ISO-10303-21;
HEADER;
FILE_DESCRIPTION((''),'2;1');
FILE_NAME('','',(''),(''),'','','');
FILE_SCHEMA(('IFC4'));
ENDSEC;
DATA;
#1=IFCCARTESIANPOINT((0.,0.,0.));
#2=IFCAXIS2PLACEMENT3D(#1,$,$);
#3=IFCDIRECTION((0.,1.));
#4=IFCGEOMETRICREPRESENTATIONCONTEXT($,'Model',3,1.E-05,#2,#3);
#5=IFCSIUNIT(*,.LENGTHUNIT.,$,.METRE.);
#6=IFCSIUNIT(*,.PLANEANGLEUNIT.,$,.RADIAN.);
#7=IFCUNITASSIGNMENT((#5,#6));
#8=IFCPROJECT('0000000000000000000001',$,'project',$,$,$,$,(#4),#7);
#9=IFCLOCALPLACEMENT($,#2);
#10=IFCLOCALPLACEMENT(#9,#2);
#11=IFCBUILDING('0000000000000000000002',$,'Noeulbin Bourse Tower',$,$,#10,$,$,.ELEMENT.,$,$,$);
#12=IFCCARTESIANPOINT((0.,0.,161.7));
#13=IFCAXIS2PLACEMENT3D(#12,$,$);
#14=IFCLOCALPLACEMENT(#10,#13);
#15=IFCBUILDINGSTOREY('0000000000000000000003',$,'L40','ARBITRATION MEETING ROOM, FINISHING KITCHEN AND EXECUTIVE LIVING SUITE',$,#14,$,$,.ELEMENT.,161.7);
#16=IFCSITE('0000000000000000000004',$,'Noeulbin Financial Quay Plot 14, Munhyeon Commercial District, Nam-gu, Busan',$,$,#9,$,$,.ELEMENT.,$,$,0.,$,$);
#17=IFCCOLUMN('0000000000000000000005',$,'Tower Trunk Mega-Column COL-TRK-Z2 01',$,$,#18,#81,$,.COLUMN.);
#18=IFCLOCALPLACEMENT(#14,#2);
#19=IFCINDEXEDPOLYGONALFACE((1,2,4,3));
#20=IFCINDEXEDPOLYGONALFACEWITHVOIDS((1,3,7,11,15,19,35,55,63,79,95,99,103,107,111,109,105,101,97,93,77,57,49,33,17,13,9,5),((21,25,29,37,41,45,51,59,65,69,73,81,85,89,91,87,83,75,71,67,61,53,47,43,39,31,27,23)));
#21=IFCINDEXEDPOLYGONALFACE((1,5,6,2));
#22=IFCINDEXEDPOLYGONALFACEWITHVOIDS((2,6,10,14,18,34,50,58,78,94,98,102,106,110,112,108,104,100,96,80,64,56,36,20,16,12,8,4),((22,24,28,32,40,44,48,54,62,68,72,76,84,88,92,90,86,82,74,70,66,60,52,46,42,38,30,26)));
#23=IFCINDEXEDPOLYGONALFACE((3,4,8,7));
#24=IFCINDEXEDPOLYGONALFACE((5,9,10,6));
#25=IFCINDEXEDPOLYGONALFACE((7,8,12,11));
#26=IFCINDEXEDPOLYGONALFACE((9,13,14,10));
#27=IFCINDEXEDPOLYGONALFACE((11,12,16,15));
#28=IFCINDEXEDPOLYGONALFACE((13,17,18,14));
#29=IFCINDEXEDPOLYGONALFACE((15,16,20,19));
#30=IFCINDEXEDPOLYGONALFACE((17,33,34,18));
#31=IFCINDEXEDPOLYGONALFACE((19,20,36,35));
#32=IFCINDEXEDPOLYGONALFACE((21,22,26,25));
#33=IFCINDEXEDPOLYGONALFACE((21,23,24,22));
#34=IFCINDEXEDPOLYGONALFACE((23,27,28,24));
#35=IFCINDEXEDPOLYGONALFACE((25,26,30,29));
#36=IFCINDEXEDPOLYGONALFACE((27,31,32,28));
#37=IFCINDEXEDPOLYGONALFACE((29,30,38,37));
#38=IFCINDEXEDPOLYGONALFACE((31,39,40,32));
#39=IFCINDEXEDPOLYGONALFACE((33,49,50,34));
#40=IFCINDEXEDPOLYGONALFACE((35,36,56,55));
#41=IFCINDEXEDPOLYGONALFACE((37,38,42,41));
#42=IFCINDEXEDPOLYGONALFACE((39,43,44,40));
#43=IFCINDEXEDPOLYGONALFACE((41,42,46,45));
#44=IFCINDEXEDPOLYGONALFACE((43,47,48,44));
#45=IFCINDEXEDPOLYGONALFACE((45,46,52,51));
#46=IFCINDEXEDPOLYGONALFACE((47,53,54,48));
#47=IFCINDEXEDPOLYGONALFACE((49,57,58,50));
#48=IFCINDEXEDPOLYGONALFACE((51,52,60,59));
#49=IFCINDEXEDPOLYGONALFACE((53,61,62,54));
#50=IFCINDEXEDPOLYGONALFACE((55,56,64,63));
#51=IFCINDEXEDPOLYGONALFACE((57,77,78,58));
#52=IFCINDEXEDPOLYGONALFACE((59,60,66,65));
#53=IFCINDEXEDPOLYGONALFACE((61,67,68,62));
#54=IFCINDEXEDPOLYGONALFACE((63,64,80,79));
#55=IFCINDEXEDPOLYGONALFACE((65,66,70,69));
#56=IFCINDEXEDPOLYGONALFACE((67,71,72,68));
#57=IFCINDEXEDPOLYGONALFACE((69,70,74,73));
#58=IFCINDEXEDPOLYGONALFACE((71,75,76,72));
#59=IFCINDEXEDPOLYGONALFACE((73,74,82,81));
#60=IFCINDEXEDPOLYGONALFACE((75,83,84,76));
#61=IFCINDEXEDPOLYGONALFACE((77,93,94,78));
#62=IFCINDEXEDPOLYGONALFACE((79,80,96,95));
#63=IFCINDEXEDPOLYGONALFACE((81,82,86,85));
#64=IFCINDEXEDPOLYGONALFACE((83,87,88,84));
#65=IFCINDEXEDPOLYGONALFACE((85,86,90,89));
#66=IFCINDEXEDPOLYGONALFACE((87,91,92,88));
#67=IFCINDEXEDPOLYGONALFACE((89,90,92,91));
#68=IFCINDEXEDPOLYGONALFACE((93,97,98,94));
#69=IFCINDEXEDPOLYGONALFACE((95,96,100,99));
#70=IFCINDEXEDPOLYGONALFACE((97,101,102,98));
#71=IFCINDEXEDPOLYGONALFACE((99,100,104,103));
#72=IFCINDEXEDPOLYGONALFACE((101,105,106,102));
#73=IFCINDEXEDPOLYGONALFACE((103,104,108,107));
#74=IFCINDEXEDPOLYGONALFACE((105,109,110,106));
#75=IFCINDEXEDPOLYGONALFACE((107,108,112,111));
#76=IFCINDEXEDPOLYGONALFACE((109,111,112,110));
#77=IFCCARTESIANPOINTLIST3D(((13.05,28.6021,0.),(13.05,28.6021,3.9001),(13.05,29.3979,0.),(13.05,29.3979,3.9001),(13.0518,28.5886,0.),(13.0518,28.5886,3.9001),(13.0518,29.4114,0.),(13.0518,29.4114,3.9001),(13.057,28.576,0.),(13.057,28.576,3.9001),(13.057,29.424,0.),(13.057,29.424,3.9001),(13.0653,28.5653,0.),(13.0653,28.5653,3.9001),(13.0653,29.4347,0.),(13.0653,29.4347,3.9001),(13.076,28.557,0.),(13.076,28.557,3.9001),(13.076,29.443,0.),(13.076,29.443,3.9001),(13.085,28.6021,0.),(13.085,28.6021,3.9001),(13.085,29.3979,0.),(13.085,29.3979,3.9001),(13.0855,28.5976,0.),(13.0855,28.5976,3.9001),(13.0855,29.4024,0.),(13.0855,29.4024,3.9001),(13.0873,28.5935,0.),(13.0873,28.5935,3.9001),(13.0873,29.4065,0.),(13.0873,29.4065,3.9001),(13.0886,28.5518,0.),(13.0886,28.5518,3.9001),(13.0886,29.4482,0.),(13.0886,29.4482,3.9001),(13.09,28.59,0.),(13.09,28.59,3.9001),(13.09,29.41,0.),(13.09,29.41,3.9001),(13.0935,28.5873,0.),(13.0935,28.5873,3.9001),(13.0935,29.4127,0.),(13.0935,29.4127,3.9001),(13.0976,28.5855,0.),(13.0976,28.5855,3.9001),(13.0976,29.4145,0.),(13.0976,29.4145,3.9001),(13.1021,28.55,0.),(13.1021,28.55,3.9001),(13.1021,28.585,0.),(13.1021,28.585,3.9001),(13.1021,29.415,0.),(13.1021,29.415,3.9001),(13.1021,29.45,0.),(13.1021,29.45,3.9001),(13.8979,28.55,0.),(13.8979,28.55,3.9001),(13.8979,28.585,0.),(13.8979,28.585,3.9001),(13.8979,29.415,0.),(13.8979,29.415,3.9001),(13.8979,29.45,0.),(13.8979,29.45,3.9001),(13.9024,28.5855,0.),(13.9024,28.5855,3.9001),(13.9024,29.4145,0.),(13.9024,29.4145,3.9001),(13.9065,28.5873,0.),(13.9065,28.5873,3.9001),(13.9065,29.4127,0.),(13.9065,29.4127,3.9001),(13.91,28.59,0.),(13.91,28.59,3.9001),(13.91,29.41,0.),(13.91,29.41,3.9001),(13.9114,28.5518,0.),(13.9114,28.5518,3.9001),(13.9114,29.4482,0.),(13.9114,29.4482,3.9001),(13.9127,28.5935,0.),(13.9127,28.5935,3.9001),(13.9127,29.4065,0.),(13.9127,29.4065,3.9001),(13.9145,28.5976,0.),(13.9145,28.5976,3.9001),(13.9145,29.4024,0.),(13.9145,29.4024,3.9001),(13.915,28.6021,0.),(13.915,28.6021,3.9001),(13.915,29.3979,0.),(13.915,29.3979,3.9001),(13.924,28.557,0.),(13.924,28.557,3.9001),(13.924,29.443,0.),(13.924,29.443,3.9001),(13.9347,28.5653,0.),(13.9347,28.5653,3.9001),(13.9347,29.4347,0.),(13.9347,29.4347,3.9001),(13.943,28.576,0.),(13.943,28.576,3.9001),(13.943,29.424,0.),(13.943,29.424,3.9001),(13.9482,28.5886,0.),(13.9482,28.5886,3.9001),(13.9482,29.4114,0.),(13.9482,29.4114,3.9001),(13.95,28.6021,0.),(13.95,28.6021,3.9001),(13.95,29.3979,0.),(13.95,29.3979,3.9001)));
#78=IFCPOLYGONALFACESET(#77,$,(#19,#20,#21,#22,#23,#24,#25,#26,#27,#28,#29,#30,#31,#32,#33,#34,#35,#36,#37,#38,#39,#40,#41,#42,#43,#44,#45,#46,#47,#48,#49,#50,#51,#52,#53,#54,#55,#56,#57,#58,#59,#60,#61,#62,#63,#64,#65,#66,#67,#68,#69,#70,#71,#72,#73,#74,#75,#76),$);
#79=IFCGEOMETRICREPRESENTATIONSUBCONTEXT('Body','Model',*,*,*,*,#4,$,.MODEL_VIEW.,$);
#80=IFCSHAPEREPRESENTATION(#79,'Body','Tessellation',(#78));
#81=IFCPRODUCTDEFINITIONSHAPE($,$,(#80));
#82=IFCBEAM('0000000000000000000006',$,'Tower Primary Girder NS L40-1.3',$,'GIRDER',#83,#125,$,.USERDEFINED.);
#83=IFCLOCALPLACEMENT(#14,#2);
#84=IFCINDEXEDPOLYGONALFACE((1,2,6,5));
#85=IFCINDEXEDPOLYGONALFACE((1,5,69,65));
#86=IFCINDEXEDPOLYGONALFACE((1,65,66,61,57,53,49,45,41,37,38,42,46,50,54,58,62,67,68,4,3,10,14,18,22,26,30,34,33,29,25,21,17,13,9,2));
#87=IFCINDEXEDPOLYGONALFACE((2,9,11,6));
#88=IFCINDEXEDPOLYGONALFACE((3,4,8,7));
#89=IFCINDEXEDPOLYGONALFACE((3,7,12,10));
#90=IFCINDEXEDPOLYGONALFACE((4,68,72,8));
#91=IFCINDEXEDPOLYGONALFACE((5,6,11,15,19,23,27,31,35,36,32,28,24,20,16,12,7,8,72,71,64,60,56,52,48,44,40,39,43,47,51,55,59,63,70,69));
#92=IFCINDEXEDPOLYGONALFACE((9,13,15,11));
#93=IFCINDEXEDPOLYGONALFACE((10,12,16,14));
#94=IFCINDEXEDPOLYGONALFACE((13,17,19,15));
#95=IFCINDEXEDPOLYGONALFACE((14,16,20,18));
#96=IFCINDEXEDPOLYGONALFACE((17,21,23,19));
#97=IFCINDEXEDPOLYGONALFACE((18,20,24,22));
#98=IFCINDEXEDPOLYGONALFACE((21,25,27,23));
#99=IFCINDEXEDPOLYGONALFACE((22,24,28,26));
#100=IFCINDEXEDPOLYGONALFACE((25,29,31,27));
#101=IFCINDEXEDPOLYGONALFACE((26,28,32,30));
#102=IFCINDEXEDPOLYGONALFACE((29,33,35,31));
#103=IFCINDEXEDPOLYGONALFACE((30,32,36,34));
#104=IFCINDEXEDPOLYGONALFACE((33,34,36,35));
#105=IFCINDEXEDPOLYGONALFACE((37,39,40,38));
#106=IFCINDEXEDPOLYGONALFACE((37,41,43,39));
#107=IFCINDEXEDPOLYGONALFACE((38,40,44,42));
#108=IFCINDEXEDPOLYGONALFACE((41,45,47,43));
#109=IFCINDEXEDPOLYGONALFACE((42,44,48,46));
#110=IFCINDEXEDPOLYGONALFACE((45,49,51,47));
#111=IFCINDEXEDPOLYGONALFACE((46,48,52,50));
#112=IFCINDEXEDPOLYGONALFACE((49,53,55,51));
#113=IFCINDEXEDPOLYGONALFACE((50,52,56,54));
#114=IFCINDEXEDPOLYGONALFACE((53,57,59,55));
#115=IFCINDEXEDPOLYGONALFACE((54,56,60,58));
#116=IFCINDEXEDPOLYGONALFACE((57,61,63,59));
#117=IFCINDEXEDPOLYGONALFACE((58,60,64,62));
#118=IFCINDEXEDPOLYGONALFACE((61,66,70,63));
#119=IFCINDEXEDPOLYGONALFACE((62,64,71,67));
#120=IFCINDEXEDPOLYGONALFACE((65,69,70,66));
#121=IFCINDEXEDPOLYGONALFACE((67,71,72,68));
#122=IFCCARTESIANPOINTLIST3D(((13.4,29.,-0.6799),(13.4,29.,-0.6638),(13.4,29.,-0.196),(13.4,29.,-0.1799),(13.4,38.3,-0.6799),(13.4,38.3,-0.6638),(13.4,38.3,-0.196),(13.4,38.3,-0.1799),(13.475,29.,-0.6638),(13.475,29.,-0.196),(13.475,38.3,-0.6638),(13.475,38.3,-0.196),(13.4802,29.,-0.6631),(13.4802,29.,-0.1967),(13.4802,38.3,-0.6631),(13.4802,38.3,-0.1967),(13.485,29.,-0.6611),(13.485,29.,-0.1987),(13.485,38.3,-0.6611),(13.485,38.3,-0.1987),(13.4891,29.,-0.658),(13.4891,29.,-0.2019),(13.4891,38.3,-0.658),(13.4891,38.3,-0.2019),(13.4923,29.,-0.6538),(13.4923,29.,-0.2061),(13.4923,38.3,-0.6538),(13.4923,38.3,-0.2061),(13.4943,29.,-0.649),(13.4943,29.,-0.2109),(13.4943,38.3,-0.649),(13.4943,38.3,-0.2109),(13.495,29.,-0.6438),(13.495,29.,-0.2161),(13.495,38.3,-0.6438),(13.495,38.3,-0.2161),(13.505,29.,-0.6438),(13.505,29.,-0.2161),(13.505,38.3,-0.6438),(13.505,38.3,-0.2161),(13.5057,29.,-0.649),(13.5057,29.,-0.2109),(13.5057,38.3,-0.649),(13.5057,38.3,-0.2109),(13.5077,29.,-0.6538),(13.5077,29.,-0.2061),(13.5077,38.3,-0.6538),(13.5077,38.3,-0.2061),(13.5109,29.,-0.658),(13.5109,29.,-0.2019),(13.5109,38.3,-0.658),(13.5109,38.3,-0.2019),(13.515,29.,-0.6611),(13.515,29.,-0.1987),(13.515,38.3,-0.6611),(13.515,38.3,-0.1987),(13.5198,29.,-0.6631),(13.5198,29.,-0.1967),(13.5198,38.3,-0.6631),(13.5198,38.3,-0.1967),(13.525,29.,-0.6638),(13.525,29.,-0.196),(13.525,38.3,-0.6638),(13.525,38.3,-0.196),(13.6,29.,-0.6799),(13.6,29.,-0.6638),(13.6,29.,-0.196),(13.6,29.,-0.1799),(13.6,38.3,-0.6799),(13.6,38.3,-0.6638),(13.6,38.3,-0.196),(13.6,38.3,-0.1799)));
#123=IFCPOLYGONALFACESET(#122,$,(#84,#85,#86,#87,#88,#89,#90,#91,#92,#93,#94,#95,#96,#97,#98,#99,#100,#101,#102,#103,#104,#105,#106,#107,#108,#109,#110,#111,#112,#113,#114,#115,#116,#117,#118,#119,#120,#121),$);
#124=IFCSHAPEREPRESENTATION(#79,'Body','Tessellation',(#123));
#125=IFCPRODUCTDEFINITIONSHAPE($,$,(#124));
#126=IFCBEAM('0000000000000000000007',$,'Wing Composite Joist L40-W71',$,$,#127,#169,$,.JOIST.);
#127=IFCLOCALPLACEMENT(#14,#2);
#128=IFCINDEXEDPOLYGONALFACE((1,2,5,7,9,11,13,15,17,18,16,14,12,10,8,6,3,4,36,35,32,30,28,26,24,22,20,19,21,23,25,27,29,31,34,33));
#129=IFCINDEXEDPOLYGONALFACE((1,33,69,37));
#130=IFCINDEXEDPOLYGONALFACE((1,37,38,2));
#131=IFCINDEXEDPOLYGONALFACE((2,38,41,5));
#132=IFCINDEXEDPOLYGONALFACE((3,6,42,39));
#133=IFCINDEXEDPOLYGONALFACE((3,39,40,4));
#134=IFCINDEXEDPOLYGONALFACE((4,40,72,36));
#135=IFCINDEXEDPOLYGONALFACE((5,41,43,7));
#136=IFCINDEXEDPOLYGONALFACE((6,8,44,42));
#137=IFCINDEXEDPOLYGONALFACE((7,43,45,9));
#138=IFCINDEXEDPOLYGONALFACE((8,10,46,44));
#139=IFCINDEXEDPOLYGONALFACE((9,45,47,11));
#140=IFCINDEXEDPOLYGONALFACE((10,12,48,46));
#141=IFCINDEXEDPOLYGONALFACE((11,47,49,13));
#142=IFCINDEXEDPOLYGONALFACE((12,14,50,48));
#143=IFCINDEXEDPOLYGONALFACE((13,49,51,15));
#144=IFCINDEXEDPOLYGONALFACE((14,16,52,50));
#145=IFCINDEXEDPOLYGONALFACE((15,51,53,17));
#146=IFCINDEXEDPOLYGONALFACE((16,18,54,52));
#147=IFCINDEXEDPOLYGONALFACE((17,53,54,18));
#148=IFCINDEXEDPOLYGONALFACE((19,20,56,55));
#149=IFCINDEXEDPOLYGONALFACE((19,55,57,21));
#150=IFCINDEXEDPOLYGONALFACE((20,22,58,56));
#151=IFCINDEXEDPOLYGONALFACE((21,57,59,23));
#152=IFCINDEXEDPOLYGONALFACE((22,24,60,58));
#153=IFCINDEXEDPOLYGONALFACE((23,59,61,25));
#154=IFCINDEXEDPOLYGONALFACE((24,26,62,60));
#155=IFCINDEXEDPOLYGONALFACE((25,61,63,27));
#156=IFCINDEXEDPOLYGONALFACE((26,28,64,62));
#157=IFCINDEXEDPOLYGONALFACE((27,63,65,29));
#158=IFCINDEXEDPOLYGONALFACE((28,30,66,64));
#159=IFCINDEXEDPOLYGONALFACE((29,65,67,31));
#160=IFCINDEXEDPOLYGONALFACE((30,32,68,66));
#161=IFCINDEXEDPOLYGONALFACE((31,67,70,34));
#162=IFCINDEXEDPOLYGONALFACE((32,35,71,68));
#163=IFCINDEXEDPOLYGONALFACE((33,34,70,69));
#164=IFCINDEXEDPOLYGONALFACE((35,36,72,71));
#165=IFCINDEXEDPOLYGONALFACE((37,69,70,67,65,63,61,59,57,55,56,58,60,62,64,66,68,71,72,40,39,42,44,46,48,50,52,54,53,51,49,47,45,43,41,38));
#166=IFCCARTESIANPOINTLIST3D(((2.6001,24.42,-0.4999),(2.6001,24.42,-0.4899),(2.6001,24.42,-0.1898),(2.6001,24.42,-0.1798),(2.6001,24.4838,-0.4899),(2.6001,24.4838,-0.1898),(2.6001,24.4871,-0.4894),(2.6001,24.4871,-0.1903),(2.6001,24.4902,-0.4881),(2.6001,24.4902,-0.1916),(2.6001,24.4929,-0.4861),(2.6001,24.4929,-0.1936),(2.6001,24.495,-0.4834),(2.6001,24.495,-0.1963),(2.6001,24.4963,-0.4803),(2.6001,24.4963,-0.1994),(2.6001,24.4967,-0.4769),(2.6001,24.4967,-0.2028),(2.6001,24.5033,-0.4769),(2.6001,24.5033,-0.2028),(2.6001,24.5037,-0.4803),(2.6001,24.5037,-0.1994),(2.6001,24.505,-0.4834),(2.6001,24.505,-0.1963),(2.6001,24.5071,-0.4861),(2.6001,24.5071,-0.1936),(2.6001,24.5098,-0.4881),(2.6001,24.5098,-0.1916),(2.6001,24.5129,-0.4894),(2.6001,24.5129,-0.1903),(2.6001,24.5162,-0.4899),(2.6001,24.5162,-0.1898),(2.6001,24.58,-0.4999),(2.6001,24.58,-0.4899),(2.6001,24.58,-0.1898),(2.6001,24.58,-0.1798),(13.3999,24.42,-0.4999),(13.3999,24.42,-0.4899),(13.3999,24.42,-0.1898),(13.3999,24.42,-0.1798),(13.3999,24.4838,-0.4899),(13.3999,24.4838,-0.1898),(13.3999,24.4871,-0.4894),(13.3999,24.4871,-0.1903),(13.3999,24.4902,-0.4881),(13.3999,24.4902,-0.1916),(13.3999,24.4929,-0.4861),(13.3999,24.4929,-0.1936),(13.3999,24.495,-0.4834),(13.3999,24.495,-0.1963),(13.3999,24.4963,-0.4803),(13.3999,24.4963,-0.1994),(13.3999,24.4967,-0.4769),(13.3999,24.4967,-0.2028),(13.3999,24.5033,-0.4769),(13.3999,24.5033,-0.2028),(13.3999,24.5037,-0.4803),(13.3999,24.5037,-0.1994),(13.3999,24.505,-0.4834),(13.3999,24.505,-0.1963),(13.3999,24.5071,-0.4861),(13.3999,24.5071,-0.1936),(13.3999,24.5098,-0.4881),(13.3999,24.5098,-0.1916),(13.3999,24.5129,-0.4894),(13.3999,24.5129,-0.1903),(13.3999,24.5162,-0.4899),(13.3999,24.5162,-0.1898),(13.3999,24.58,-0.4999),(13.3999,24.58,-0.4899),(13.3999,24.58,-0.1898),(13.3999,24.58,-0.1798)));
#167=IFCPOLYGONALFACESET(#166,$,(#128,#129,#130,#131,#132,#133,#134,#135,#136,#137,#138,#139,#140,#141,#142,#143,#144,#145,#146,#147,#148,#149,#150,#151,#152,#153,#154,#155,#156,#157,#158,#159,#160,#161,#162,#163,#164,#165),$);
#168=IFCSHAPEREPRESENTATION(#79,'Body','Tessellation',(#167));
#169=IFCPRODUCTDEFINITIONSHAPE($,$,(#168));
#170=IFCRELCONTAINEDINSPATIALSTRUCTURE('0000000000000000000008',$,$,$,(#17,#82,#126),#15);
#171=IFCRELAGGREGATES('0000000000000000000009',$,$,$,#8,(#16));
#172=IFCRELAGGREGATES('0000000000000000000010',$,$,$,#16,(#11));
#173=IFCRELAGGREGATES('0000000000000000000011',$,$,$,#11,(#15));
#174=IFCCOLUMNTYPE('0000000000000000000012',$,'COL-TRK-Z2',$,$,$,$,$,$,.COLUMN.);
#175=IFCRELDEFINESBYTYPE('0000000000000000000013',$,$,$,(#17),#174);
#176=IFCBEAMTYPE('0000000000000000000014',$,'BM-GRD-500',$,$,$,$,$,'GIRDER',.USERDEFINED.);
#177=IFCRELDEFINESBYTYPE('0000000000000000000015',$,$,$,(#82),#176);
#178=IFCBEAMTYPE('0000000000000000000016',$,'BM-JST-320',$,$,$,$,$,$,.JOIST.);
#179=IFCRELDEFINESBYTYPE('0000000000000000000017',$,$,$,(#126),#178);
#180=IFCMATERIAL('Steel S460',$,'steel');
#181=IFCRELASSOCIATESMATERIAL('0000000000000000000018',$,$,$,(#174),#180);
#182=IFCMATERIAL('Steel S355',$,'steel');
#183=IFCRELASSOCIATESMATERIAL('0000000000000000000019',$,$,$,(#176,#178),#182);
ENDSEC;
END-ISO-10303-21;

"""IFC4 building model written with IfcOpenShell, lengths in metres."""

from ifc_helpers import new_model, si_unit, direction, frame, origin, origin_2d, place, context, subcontext, project, spatial, hollow_rectangle, i_section, extrude, material, material_profile, profile_set, type_object, element, save


model = new_model("IFC4")

# Units and contexts
model_context = context("Model", 3, precision=1e-05, world=origin(), true_north=direction((0.0, 1.0)))
body_context = subcontext(model_context, "Body", "Model", "MODEL_VIEW")
ifc_project = project(units=[si_unit("LENGTHUNIT", "METRE"), si_unit("PLANEANGLEUNIT", "RADIAN")], contexts=[model_context])

# Site, building, storey
site_placement = place(None, origin())
site = spatial("IfcSite", under=ifc_project, at=site_placement, Name="Noeulbin Financial Quay Plot 14, Munhyeon Commercial District, Nam-gu, Busan", CompositionType="ELEMENT", RefElevation=0.0)
building_placement = place(site_placement, origin())
building = spatial("IfcBuilding", under=site, at=building_placement, Name="Noeulbin Bourse Tower", CompositionType="ELEMENT")
storey_placement = place(building_placement, frame((0.0, 0.0, 161.7)))
storey = spatial("IfcBuildingStorey", under=building, at=storey_placement, Name="L40", Description="ARBITRATION MEETING ROOM, FINISHING KITCHEN AND EXECUTIVE LIVING SUITE", CompositionType="ELEMENT", Elevation=161.7)

# Column
ifc_material_1 = material(Name="Steel S460", Category="steel")
ifc_material_profile_1 = material_profile(ifc_material_1, hollow_rectangle(XDim=0.8999, YDim=0.8999, WallThickness=0.0349, InnerFilletRadius=0.0171, OuterFilletRadius=0.052, at=origin_2d()), Name="BOX-900x900x35", Category="LoadBearing")
ifc_profile_set_1 = profile_set([ifc_material_profile_1], Name="Steel S460")
column_type = type_object("IfcColumnType", Name="COL-TRK-Z2", PredefinedType="COLUMN", material=ifc_profile_set_1)
column_placement = place(storey_placement, frame((13.5, 29.0, 0.0), z_axis=(0.0, 0.0, 1.0), x_axis=(1.0, 0.0, 0.0)))
element("IfcColumn", 1, at=column_placement, inside=storey, type_object=column_type, Name="Tower Trunk Mega-Column COL-TRK-Z2 01", PredefinedType="COLUMN", context=body_context, shape_type="SweptSolid", body=[
    extrude(hollow_rectangle(XDim=0.8999, YDim=0.8999, WallThickness=0.0349, InnerFilletRadius=0.0171, OuterFilletRadius=0.052, at=origin_2d()), origin(), (0.0, 0.0, 1.0), 3.9001),
])

# Beams
ifc_material_2 = material(Name="Steel S355", Category="steel")
ifc_material_profile_2 = material_profile(ifc_material_2, i_section(OverallWidth=0.2, OverallDepth=0.5, WebThickness=0.01, FlangeThickness=0.0161, FilletRadius=0.02, at=origin_2d()), Name="H-500x200x10x16", Category="LoadBearing")
ifc_profile_set_2 = profile_set([ifc_material_profile_2], Name="Steel S355")
beam_type_1 = type_object("IfcBeamType", Name="BM-GRD-500", ElementType="GIRDER", PredefinedType="USERDEFINED", material=ifc_profile_set_2)
beam_1_placement = place(storey_placement, frame((13.5, 29.0, -0.4299), z_axis=(0.0, 1.0, 0.0), x_axis=(-1.0, 0.0, 0.0)))
element("IfcBeam", 2, at=beam_1_placement, inside=storey, type_object=beam_type_1, Name="Tower Primary Girder NS L40-1.3", ObjectType="GIRDER", PredefinedType="USERDEFINED", context=body_context, shape_type="SweptSolid", body=[
    extrude(i_section(OverallWidth=0.2, OverallDepth=0.5, WebThickness=0.01, FlangeThickness=0.0161, FilletRadius=0.02, at=origin_2d()), origin(), (0.0, 0.0, 1.0), 9.3),
])
ifc_material_profile_3 = material_profile(ifc_material_2, i_section(OverallWidth=0.1599, OverallDepth=0.3201, WebThickness=0.0066, FlangeThickness=0.01, FilletRadius=0.0129, at=origin_2d()), Name="H-320x160x6.5x10", Category="LoadBearing")
ifc_profile_set_3 = profile_set([ifc_material_profile_3], Name="Steel S355")
beam_type_2 = type_object("IfcBeamType", Name="BM-JST-320", PredefinedType="JOIST", material=ifc_profile_set_3)
for number, where, z_axis, x_axis, name in (
    (3, (2.6001, 24.5, -0.3398), (1.0, 0.0, 0.0), (0.0, 1.0, 0.0), "Wing Composite Joist L40-W71"),
):
    element("IfcBeam", number, at=place(storey_placement, frame(where, z_axis=z_axis, x_axis=x_axis)), inside=storey, type_object=beam_type_2, Name=name, PredefinedType="JOIST", context=body_context, shape_type="SweptSolid", body=[
        extrude(i_section(OverallWidth=0.1599, OverallDepth=0.3201, WebThickness=0.0066, FlangeThickness=0.01, FilletRadius=0.0129, at=origin_2d()), origin(), (0.0, 0.0, 1.0), 10.7998),
    ])

save(model, "model.ifc")
